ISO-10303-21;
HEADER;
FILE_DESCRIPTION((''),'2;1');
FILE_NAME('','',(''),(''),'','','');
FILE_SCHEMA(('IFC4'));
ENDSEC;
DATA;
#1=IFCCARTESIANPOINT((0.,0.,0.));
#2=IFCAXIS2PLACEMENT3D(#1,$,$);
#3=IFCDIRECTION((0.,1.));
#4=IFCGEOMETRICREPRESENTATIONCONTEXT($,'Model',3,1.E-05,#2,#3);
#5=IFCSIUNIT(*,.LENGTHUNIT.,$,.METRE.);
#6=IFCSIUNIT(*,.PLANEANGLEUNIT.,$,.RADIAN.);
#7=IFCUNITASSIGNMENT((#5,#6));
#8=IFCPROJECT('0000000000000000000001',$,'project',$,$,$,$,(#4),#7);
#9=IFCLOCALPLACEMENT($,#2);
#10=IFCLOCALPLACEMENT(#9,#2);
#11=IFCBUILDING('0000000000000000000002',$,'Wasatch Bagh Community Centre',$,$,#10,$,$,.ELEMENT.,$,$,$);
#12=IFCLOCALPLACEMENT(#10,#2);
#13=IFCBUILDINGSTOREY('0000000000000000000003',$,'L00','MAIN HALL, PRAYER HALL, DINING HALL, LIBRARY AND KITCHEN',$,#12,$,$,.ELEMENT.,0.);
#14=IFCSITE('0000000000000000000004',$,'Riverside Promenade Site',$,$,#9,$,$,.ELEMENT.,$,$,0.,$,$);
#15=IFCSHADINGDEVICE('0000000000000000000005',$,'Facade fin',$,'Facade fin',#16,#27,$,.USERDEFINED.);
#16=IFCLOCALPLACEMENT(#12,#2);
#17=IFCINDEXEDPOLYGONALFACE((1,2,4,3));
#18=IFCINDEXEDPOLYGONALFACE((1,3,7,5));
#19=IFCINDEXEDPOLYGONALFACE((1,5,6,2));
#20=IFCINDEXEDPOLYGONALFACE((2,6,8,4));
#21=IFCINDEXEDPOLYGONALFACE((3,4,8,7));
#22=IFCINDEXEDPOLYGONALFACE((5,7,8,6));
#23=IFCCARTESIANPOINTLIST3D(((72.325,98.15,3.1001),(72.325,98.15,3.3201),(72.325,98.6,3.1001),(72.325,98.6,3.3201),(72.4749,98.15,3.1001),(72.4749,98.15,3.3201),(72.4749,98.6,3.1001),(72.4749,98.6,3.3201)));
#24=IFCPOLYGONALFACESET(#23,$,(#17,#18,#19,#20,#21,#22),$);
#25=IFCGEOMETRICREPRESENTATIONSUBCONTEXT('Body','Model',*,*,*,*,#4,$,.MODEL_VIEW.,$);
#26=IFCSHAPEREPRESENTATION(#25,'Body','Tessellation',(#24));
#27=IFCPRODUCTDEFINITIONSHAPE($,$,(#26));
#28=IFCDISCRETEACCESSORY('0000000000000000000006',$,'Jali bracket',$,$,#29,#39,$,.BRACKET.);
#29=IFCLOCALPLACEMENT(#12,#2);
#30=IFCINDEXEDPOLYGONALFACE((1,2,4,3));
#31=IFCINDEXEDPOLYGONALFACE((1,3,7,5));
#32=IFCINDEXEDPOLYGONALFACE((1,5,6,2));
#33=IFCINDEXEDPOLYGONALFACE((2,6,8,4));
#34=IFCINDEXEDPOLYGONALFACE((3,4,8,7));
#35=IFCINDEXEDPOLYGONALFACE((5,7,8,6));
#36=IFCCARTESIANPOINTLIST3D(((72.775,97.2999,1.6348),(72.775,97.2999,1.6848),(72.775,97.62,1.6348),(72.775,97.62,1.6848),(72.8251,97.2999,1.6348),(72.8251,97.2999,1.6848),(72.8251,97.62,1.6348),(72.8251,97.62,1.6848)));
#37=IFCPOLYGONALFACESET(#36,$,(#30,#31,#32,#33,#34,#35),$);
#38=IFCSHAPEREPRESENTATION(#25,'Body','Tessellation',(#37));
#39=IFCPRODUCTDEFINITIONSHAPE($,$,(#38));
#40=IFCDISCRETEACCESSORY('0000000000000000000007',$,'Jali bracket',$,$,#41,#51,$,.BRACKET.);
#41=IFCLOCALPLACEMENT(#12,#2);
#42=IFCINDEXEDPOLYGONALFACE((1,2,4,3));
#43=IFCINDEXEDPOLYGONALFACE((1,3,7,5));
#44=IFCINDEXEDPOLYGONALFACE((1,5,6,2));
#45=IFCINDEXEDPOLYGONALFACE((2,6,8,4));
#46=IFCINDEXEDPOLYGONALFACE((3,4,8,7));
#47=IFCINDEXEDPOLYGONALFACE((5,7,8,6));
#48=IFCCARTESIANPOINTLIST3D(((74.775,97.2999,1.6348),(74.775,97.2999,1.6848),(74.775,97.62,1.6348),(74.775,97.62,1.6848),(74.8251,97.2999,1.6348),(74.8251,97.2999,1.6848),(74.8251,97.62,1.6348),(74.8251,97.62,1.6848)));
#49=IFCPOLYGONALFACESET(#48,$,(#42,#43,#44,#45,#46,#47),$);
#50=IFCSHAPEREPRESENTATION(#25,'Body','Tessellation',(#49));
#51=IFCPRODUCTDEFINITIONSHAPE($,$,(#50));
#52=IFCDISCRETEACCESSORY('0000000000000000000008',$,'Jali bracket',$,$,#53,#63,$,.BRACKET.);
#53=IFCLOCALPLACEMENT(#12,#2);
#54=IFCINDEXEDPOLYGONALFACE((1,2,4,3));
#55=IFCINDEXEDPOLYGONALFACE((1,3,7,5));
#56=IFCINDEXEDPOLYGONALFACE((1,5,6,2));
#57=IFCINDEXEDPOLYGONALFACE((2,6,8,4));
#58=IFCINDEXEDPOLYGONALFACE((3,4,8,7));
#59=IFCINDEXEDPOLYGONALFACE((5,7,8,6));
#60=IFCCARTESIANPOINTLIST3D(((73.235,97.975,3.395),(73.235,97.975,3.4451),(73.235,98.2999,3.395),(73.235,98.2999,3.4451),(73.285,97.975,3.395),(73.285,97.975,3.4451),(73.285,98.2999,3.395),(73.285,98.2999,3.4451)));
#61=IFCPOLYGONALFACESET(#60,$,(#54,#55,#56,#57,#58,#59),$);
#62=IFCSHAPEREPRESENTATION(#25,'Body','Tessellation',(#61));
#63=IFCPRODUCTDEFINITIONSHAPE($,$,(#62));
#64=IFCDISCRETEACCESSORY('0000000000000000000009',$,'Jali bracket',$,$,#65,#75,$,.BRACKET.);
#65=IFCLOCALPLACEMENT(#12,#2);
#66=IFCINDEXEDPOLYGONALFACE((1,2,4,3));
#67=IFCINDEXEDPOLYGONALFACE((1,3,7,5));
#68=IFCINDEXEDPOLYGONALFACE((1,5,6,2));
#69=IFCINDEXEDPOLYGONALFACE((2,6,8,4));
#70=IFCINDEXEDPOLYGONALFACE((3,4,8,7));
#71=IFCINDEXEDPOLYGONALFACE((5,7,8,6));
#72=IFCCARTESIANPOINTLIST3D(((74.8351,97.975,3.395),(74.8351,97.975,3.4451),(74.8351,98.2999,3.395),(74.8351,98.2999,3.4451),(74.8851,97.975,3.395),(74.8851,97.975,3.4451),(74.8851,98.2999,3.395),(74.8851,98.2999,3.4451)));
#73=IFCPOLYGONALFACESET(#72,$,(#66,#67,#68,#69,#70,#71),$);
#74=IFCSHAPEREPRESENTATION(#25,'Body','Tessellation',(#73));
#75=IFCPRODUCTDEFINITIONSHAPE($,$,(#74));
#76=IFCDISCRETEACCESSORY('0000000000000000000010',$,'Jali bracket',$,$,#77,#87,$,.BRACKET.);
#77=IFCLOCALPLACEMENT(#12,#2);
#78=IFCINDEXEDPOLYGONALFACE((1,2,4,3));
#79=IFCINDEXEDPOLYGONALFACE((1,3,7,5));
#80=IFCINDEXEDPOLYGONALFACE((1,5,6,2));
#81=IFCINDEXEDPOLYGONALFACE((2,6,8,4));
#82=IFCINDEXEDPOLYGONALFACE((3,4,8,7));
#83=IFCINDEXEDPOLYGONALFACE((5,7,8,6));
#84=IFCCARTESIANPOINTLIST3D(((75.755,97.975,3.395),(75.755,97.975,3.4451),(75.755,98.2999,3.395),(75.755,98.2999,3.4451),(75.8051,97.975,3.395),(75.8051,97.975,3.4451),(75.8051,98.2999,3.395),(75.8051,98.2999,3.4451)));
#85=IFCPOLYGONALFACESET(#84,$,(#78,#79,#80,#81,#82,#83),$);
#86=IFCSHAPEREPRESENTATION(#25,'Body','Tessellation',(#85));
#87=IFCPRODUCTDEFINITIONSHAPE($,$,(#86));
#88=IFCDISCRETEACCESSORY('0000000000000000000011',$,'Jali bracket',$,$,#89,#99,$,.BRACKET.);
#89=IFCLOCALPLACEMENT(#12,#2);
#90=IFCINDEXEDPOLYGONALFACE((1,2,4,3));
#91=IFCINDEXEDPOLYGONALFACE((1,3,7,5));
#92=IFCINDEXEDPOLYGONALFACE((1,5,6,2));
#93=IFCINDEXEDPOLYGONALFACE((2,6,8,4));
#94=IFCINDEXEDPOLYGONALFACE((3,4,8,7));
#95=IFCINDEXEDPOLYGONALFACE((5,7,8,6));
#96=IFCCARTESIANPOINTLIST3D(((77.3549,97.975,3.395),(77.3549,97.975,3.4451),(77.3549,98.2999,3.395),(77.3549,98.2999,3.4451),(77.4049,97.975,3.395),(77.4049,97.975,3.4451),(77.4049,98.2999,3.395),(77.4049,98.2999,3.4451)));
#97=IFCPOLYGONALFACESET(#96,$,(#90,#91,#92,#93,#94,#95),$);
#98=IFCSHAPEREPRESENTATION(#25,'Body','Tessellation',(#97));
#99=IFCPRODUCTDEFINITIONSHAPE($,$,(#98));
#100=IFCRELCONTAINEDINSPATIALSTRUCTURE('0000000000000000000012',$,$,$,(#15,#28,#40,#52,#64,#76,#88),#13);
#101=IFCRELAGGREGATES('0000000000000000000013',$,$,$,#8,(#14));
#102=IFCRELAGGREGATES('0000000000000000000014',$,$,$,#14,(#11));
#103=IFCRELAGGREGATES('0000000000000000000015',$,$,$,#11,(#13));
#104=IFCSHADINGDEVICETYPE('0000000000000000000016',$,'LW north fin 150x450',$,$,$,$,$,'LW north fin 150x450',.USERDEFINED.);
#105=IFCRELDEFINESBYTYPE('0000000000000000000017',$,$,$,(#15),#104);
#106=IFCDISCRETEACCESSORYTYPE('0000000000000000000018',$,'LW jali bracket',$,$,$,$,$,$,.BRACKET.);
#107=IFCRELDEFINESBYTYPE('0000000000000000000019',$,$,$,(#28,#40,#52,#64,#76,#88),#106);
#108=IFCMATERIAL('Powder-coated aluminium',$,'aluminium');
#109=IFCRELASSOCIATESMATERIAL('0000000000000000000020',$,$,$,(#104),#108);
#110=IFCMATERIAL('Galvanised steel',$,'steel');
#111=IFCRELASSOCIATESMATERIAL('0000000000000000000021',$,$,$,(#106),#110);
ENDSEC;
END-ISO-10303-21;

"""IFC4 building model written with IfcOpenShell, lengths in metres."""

from ifc_helpers import new_model, si_unit, direction, frame, origin, origin_2d, place, context, subcontext, project, spatial, rectangle, extrude, material, type_object, element, save


model = new_model("IFC4")

# Units and contexts
model_context = context("Model", 3, precision=1e-05, world=origin(), true_north=direction((0.0, 1.0)))
body_context = subcontext(model_context, "Body", "Model", "MODEL_VIEW")
ifc_project = project(units=[si_unit("LENGTHUNIT", "METRE"), si_unit("PLANEANGLEUNIT", "RADIAN")], contexts=[model_context])

# Site, building, storey
site_placement = place(None, origin())
site = spatial("IfcSite", under=ifc_project, at=site_placement, Name="Riverside Promenade Site", CompositionType="ELEMENT", RefElevation=0.0)
building_placement = place(site_placement, origin())
building = spatial("IfcBuilding", under=site, at=building_placement, Name="Wasatch Bagh Community Centre", CompositionType="ELEMENT")
storey_placement = place(building_placement, origin())
storey = spatial("IfcBuildingStorey", under=building, at=storey_placement, Name="L00", Description="MAIN HALL, PRAYER HALL, DINING HALL, LIBRARY AND KITCHEN", CompositionType="ELEMENT", Elevation=0.0)

# Shading device
ifc_material_1 = material(Name="Powder-coated aluminium", Category="aluminium")
shading_device_type = type_object("IfcShadingDeviceType", Name="LW north fin 150x450", ElementType="LW north fin 150x450", PredefinedType="USERDEFINED", material=ifc_material_1)
shading_device_placement = place(storey_placement, frame((72.3999, 98.375, 3.1001), z_axis=(0.0, 0.0, 1.0), x_axis=(1.0, 0.0, 0.0)))
element("IfcShadingDevice", 1, at=shading_device_placement, inside=storey, type_object=shading_device_type, Name="Facade fin", ObjectType="Facade fin", PredefinedType="USERDEFINED", context=body_context, shape_type="SweptSolid", body=[
    extrude(rectangle(XDim=0.1499, YDim=0.45, at=origin_2d()), origin(), (0.0, 0.0, 1.0), 0.22),
])

# Discrete accessories
ifc_material_2 = material(Name="Galvanised steel", Category="steel")
discrete_accessory_type = type_object("IfcDiscreteAccessoryType", Name="LW jali bracket", PredefinedType="BRACKET", material=ifc_material_2)
for number, where, z_axis, x_axis, name in (
    (2, (72.8, 97.46, 1.6348), (0.0, 0.0, 1.0), (1.0, 0.0, 0.0), "Jali bracket"),
    (3, (74.8, 97.46, 1.6348), (0.0, 0.0, 1.0), (1.0, 0.0, 0.0), "Jali bracket"),
):
    element("IfcDiscreteAccessory", number, at=place(storey_placement, frame(where, z_axis=z_axis, x_axis=x_axis)), inside=storey, type_object=discrete_accessory_type, Name=name, PredefinedType="BRACKET", context=body_context, shape_type="SweptSolid", body=[
        extrude(rectangle(XDim=0.05, YDim=0.3201, at=origin_2d()), origin(), (0.0, 0.0, 1.0), 0.05),
    ])
for number, where, z_axis, x_axis, name in (
    (4, (73.26, 98.1375, 3.395), (0.0, 0.0, 1.0), (1.0, 0.0, 0.0), "Jali bracket"),
    (5, (74.8601, 98.1375, 3.395), (0.0, 0.0, 1.0), (1.0, 0.0, 0.0), "Jali bracket"),
    (6, (75.78, 98.1375, 3.395), (0.0, 0.0, 1.0), (1.0, 0.0, 0.0), "Jali bracket"),
    (7, (77.3799, 98.1375, 3.395), (0.0, 0.0, 1.0), (1.0, 0.0, 0.0), "Jali bracket"),
):
    element("IfcDiscreteAccessory", number, at=place(storey_placement, frame(where, z_axis=z_axis, x_axis=x_axis)), inside=storey, type_object=discrete_accessory_type, Name=name, PredefinedType="BRACKET", context=body_context, shape_type="SweptSolid", body=[
        extrude(rectangle(XDim=0.05, YDim=0.325, at=origin_2d()), origin(), (0.0, 0.0, 1.0), 0.05),
    ])

save(model, "model.ifc")
